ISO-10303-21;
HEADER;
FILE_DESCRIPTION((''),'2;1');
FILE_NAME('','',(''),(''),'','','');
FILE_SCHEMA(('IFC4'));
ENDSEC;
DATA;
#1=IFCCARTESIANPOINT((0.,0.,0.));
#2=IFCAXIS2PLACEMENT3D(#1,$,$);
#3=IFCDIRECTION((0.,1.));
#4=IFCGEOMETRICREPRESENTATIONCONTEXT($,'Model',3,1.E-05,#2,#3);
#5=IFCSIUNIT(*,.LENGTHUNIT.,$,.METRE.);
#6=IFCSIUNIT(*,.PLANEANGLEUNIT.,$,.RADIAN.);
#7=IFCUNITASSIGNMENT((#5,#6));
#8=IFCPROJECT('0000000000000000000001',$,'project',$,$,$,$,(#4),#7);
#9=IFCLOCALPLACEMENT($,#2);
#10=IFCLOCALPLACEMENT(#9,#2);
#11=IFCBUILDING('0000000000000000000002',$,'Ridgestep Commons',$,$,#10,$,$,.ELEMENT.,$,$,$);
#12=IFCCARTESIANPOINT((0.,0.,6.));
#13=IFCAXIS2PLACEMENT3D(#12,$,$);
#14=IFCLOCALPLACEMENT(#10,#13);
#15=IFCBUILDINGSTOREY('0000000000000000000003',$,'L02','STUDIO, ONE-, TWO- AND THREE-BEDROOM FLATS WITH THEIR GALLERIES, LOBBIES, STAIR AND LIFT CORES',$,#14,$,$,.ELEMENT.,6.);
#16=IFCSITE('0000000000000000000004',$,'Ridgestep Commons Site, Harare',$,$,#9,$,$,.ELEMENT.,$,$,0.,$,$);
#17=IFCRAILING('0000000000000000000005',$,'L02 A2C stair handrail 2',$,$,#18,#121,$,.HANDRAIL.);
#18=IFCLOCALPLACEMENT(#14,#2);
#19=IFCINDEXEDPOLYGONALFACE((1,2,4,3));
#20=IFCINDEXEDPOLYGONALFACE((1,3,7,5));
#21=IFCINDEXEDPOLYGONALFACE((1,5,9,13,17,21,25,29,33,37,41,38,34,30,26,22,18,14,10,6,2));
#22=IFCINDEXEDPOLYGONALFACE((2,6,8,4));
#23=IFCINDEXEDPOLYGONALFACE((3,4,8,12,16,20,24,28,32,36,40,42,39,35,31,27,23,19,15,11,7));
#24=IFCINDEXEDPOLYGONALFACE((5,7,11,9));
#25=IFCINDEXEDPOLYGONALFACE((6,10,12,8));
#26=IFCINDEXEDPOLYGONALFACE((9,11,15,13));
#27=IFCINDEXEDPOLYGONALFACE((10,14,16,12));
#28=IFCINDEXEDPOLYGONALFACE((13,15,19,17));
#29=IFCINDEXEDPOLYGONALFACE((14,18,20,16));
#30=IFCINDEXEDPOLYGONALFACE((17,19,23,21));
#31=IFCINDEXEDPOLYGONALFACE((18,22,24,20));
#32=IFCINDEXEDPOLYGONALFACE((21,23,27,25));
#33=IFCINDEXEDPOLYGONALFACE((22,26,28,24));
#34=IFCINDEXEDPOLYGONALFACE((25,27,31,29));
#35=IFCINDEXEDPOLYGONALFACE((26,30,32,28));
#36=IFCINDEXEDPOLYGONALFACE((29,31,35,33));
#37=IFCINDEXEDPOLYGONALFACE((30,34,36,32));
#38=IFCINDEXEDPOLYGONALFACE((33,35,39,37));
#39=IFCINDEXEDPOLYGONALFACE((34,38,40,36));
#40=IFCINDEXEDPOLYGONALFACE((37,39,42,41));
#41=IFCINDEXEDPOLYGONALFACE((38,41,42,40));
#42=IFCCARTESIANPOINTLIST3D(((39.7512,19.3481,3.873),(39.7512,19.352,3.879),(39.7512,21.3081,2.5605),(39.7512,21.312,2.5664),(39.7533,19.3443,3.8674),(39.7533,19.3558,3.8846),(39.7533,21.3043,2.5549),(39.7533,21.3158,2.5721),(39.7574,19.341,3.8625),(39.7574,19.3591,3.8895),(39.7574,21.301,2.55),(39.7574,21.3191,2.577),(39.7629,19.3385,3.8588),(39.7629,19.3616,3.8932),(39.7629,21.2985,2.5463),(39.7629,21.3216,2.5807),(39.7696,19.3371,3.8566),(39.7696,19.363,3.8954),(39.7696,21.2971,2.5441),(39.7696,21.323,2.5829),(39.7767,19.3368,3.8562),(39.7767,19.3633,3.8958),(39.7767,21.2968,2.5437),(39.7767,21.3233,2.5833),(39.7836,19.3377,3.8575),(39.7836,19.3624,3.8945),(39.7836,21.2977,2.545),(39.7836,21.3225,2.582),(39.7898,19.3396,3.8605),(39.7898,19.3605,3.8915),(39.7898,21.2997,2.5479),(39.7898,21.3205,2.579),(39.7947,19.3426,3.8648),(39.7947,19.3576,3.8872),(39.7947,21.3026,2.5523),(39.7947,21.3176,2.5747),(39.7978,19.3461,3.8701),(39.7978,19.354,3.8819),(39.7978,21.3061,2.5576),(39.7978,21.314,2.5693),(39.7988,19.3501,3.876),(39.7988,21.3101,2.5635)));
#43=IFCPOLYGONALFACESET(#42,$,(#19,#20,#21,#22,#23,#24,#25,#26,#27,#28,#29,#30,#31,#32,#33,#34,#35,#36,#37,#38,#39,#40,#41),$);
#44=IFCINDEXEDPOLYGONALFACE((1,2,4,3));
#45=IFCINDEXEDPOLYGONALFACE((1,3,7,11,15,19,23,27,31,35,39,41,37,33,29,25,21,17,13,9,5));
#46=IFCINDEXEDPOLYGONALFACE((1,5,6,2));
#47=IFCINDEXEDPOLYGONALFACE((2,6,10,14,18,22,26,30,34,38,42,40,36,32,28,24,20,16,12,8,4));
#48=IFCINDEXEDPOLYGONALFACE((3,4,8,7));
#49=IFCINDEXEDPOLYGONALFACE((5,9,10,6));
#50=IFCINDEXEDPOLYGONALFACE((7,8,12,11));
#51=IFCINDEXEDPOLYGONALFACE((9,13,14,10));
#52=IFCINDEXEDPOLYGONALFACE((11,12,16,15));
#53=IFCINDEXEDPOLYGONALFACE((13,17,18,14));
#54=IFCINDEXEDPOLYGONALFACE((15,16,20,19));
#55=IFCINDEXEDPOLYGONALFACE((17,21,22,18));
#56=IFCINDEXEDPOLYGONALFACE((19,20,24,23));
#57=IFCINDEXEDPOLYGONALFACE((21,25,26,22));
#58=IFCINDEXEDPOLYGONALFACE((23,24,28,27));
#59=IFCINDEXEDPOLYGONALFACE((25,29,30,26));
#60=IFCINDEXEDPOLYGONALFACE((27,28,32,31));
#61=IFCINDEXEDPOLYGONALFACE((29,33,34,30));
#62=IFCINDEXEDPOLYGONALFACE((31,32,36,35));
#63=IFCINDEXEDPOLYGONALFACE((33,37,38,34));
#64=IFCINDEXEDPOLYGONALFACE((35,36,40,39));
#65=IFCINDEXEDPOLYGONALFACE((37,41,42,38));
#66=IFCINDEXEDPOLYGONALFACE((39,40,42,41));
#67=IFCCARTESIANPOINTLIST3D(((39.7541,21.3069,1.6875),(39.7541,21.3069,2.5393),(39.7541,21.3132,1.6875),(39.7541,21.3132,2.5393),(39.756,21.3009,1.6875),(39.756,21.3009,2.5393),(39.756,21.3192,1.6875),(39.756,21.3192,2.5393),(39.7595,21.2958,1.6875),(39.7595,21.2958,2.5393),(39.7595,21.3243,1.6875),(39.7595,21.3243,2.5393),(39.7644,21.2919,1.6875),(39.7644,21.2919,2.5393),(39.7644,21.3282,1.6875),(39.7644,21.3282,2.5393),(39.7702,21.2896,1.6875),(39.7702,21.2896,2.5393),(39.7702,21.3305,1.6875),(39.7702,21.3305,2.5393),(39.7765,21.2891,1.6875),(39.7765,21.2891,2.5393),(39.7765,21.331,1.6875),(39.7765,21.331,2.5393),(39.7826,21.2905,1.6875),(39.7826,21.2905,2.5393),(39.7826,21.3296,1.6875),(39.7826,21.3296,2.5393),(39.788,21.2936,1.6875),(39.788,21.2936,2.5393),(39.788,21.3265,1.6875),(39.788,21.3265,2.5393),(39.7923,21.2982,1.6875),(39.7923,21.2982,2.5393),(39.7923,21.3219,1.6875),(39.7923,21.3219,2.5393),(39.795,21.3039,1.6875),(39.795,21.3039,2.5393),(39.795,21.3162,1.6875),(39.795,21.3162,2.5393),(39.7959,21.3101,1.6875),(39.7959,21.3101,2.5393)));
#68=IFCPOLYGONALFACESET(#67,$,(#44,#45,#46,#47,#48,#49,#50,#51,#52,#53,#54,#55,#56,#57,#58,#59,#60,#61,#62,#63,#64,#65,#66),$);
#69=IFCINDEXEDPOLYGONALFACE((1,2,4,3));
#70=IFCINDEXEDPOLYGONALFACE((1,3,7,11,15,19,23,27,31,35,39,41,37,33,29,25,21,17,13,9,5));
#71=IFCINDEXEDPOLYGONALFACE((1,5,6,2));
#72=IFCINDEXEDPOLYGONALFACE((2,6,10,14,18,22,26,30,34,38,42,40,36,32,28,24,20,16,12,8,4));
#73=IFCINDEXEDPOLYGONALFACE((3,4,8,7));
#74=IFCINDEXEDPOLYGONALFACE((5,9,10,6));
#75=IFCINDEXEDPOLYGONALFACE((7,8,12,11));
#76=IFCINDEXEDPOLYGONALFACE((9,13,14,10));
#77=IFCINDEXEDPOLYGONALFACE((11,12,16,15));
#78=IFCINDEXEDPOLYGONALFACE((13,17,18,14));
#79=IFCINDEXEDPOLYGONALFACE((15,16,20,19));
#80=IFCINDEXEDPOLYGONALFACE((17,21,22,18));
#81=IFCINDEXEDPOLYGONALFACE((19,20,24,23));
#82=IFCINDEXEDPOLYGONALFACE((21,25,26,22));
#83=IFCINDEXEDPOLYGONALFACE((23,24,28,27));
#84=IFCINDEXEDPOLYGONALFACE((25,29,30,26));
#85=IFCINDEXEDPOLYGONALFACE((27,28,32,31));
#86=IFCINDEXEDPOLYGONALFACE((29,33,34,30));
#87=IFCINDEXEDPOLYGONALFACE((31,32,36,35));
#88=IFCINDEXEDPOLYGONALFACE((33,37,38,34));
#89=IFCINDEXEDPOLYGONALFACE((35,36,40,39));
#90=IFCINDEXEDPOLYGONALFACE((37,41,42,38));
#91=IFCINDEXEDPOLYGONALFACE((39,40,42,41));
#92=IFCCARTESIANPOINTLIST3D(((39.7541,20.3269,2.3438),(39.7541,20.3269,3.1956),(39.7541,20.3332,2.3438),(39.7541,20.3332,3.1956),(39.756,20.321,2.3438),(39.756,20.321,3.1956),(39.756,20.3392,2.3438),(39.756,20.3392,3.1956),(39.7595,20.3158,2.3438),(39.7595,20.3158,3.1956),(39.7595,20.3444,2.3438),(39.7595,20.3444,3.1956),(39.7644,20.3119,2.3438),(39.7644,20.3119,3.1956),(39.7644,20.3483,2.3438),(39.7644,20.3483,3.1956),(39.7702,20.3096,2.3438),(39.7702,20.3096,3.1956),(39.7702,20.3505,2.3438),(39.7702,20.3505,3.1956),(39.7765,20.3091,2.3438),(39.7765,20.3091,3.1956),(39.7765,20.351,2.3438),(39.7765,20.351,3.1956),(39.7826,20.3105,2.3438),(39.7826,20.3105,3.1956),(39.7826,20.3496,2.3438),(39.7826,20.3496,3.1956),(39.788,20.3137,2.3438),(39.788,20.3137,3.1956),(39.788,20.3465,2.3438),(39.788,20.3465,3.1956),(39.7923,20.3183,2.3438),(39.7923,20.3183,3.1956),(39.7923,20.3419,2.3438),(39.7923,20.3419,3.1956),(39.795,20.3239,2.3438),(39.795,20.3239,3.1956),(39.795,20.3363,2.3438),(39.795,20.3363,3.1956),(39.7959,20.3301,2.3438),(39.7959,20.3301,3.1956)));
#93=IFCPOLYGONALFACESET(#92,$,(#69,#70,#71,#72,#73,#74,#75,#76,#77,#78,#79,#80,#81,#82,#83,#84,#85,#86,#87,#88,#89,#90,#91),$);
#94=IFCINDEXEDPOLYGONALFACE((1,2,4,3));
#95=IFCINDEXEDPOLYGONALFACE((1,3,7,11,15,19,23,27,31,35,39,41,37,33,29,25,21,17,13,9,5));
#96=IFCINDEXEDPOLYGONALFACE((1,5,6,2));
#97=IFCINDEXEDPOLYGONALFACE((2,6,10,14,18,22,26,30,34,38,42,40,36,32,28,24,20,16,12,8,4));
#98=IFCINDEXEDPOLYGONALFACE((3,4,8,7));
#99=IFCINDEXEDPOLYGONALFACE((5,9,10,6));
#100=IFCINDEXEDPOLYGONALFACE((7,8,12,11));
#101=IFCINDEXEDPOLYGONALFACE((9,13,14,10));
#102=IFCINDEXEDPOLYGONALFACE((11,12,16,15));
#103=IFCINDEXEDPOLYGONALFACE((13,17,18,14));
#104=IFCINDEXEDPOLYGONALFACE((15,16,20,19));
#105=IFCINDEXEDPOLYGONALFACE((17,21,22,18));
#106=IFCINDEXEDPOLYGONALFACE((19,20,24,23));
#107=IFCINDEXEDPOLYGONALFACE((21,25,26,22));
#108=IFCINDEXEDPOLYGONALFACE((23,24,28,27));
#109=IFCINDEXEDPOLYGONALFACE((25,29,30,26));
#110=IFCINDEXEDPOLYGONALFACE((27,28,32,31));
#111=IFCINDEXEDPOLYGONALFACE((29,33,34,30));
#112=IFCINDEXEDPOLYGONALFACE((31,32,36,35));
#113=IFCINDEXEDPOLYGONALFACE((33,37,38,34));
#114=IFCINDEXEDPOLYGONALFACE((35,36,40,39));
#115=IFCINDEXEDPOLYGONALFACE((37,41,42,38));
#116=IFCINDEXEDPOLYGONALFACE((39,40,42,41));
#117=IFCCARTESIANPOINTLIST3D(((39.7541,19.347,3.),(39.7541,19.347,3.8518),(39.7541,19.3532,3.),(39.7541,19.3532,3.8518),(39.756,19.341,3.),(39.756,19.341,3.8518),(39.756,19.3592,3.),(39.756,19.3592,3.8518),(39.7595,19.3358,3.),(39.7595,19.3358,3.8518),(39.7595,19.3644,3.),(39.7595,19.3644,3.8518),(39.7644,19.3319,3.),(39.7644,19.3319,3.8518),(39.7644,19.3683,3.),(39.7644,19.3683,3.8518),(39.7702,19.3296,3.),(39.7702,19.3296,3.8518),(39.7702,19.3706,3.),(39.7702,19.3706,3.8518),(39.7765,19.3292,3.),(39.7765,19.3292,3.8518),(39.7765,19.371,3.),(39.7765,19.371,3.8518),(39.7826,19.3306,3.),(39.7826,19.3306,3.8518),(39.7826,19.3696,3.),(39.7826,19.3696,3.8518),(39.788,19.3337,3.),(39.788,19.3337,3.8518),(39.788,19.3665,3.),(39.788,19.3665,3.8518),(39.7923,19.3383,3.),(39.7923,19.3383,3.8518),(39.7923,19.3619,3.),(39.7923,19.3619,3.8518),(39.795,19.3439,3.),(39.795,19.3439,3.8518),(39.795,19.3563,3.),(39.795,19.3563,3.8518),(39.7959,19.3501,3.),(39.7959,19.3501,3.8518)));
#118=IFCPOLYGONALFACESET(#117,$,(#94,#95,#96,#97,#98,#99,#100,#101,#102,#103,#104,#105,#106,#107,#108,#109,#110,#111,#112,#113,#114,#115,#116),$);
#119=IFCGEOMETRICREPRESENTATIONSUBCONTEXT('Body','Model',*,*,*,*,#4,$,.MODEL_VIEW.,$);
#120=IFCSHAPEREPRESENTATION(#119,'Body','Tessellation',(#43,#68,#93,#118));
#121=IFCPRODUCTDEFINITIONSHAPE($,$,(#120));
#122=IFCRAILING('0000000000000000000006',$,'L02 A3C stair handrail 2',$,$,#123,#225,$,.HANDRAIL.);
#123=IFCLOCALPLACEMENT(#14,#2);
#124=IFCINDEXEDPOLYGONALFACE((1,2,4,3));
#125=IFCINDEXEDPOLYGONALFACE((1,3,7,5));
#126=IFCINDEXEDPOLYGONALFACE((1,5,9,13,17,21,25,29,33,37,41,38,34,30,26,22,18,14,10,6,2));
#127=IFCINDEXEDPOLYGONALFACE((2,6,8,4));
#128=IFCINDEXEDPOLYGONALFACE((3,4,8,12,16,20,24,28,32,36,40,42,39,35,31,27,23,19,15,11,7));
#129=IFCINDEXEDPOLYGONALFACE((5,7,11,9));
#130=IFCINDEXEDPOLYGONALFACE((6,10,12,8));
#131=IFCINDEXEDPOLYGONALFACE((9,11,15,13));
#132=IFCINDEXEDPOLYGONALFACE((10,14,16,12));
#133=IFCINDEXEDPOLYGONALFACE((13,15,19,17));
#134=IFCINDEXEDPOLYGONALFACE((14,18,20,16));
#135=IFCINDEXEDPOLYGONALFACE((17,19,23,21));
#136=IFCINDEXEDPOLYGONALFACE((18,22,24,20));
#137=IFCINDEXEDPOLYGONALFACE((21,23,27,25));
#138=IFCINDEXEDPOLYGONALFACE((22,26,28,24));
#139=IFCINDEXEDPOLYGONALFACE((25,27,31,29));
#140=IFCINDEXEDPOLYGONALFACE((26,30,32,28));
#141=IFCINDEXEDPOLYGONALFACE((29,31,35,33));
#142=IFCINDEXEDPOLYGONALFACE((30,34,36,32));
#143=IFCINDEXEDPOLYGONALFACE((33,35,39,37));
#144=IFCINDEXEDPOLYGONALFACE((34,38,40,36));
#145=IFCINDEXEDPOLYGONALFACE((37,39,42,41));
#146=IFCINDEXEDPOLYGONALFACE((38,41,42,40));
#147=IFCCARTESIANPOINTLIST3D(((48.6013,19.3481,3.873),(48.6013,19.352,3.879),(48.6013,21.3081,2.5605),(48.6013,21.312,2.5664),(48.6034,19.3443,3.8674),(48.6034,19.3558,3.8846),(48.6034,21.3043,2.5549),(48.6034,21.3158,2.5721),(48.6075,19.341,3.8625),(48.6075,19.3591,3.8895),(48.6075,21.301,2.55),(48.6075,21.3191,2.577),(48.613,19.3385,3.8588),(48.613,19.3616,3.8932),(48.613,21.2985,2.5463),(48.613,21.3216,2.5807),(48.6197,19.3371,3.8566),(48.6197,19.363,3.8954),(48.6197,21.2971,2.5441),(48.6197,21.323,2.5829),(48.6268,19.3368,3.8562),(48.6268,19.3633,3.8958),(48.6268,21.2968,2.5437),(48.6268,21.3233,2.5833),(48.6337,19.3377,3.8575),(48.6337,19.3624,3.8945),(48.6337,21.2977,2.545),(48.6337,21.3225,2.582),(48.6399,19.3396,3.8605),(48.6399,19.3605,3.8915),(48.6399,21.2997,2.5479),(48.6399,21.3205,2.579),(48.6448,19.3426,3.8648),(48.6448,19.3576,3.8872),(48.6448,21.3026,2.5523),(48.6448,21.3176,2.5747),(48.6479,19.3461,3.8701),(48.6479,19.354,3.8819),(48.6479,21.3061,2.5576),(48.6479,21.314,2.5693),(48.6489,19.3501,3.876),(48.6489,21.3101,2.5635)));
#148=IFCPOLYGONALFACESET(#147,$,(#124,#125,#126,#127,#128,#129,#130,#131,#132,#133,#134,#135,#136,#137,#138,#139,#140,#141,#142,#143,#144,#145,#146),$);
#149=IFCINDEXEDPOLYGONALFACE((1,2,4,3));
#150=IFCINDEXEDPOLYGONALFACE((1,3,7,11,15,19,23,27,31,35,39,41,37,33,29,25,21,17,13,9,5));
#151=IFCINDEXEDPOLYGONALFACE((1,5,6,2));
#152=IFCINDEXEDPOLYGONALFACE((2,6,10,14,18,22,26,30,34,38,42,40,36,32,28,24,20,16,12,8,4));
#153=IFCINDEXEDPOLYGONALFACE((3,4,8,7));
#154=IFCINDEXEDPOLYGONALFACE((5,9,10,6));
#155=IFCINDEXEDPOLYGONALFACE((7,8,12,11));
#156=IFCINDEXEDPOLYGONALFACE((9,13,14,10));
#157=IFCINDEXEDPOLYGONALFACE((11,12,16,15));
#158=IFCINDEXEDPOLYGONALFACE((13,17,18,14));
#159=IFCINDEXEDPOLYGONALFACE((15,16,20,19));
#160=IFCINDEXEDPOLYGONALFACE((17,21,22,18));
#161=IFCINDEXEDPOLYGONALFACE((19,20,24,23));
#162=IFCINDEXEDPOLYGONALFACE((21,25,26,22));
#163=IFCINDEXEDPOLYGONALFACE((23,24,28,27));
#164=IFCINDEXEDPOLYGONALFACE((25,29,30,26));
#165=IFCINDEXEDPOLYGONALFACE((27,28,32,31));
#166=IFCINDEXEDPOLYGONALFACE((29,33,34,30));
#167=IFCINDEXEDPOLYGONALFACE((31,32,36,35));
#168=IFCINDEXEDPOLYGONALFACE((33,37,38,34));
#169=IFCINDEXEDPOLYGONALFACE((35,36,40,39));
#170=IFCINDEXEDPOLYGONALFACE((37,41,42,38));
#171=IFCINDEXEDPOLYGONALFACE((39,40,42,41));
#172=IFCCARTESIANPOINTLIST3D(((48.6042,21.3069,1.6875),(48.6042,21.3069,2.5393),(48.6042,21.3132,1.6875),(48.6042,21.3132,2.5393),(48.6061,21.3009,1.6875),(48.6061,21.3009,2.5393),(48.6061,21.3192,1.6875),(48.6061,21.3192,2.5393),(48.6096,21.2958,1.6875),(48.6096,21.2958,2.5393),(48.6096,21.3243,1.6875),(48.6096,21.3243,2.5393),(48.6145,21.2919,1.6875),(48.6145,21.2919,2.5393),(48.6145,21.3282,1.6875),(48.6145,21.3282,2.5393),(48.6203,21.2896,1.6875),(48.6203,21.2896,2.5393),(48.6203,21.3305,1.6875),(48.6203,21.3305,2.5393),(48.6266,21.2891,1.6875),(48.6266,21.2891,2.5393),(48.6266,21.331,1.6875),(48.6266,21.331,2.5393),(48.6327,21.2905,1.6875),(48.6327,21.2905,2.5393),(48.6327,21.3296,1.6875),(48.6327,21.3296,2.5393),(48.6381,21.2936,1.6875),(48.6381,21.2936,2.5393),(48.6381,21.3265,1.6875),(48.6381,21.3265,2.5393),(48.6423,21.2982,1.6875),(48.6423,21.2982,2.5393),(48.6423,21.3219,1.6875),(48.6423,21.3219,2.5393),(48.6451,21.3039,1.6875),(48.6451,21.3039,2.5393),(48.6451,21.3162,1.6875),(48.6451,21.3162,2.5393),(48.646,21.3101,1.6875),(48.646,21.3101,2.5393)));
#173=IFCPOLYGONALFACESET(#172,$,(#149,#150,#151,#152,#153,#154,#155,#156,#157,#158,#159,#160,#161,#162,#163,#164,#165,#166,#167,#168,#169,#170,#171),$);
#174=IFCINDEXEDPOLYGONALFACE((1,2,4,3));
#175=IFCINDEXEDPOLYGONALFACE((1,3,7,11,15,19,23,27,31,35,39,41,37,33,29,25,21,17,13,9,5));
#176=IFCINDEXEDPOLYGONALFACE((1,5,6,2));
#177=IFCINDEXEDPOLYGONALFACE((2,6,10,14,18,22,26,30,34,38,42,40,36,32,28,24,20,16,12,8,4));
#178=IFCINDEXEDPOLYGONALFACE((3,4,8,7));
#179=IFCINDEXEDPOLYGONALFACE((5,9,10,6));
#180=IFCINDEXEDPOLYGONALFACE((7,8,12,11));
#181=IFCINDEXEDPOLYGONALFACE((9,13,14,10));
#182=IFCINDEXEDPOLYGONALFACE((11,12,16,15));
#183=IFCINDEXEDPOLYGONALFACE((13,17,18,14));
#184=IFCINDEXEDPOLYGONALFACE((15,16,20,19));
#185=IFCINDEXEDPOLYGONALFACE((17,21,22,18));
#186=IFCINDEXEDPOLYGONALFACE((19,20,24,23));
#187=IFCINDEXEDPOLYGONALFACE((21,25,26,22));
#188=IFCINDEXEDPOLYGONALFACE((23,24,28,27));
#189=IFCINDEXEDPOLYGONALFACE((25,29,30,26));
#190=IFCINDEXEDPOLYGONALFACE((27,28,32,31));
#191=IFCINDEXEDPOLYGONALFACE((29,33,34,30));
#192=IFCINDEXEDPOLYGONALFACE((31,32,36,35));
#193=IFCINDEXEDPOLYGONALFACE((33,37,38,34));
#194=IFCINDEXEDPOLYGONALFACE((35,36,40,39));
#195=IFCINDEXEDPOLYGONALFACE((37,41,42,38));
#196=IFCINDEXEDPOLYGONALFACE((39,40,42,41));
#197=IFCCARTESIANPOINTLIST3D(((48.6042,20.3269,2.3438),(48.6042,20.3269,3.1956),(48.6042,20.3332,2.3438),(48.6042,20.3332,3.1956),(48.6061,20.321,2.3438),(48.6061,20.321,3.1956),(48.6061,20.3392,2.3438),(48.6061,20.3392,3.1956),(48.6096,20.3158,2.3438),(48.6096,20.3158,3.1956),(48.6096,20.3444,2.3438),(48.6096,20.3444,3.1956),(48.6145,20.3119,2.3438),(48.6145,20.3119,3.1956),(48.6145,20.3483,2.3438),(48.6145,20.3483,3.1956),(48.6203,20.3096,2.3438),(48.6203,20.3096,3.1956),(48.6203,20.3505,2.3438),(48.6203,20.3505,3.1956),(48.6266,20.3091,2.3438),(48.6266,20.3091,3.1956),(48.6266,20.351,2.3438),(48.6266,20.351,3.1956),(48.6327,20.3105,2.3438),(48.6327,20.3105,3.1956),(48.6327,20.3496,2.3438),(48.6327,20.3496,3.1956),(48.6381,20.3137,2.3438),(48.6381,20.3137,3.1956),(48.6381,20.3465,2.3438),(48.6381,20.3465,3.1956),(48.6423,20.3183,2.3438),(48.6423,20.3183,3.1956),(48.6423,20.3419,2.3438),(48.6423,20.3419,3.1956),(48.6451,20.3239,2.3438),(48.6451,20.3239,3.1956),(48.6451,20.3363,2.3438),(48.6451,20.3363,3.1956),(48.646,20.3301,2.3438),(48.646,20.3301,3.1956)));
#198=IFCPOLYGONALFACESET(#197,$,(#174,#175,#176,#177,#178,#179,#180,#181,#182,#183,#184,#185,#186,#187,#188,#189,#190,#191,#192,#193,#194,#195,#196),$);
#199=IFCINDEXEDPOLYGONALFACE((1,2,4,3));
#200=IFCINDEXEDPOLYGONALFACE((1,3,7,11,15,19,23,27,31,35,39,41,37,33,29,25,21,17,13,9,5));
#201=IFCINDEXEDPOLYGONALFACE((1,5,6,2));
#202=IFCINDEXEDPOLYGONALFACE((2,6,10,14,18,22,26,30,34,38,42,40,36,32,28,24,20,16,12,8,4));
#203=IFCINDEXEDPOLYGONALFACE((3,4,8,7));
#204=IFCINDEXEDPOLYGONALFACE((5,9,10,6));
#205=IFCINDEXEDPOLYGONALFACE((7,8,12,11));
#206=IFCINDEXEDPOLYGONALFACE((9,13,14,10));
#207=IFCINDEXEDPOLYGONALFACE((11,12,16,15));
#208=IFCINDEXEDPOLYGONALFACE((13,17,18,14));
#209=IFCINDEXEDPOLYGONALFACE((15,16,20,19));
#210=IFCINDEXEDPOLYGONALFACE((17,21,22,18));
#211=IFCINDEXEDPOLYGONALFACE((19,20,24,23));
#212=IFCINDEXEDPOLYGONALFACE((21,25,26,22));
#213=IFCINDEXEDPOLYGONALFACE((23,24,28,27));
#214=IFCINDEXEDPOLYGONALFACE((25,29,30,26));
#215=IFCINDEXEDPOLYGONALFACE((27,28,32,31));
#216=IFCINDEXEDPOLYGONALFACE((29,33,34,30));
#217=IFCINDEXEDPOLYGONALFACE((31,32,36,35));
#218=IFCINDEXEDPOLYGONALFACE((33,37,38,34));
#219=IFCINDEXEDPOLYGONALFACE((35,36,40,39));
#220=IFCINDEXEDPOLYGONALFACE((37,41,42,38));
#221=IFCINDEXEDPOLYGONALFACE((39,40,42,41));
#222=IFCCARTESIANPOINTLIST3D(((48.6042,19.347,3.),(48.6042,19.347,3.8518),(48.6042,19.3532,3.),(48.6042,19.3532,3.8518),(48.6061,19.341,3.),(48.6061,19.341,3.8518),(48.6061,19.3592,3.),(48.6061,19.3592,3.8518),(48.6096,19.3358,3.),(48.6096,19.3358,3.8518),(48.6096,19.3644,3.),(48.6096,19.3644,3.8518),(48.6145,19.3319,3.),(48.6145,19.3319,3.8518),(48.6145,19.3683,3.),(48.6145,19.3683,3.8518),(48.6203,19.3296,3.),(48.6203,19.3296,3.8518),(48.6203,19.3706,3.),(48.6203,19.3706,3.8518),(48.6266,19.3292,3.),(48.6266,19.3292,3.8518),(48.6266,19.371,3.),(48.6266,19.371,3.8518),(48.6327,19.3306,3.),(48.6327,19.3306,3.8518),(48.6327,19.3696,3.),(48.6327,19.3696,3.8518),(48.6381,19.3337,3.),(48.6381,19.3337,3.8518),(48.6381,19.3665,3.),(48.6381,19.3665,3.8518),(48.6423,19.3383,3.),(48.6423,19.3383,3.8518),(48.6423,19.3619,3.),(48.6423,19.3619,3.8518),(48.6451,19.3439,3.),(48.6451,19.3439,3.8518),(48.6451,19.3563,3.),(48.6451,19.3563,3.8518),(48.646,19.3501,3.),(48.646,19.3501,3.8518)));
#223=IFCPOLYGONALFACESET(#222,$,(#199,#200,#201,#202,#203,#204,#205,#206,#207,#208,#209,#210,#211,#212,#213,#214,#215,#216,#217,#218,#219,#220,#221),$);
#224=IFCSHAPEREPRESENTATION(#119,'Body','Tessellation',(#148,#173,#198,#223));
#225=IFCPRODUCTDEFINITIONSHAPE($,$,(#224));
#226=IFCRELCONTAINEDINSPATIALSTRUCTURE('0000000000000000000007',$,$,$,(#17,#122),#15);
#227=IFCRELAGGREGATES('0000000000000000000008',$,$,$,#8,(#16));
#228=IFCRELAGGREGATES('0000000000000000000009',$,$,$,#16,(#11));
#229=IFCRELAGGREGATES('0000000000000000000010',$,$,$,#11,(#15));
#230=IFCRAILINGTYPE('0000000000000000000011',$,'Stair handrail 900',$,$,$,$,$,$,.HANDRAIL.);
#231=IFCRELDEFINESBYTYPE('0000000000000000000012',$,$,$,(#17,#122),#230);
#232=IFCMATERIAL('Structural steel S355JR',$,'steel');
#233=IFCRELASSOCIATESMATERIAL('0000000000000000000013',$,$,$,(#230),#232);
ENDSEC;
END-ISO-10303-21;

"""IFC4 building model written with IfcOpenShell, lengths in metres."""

from ifc_helpers import new_model, si_unit, direction, frame, origin, origin_2d, place, context, subcontext, project, spatial, circle, extrude, material, type_object, element, save


model = new_model("IFC4")

# Units and contexts
model_context = context("Model", 3, precision=1e-05, world=origin(), true_north=direction((0.0, 1.0)))
body_context = subcontext(model_context, "Body", "Model", "MODEL_VIEW")
ifc_project = project(units=[si_unit("LENGTHUNIT", "METRE"), si_unit("PLANEANGLEUNIT", "RADIAN")], contexts=[model_context])

# Site, building, storey
site_placement = place(None, origin())
site = spatial("IfcSite", under=ifc_project, at=site_placement, Name="Ridgestep Commons Site, Harare", CompositionType="ELEMENT", RefElevation=0.0)
building_placement = place(site_placement, origin())
building = spatial("IfcBuilding", under=site, at=building_placement, Name="Ridgestep Commons", CompositionType="ELEMENT")
storey_placement = place(building_placement, frame((0.0, 0.0, 6.0)))
storey = spatial("IfcBuildingStorey", under=building, at=storey_placement, Name="L02", Description="STUDIO, ONE-, TWO- AND THREE-BEDROOM FLATS WITH THEIR GALLERIES, LOBBIES, STAIR AND LIFT CORES", CompositionType="ELEMENT", Elevation=6.0)

# Railings
ifc_material_1 = material(Name="Structural steel S355JR", Category="steel")
railing_type_1 = type_object("IfcRailingType", Name="Stair handrail 900", PredefinedType="HANDRAIL", material=ifc_material_1)
for number, where, name in (
    (1, (39.7749, 21.3101, 1.6875), "L02 A2C stair handrail 2"),
    (2, (48.625, 21.3101, 1.6875), "L02 A3C stair handrail 2"),
):
    element("IfcRailing", number, at=place(storey_placement, frame(where)), inside=storey, type_object=railing_type_1, Name=name, PredefinedType="HANDRAIL", context=body_context, shape_type="SweptSolid", body=[
        extrude(circle(Radius=0.0239, at=origin_2d()), frame((0.0, 0.0, 0.876), z_axis=(0.0, -0.830902, 0.556419), x_axis=(1.0, 0.0, 0.0)), (0.0, 0.0, 1.0), 2.3589),
        extrude(circle(Radius=0.021, at=origin_2d()), origin(), (0.0, 0.0, 1.0), 0.8518),
        extrude(circle(Radius=0.021, at=origin_2d()), frame((0.0, -0.98, 0.6562)), (0.0, 0.0, 1.0), 0.8518),
        extrude(circle(Radius=0.021, at=origin_2d()), frame((0.0, -1.96, 1.3125)), (0.0, 0.0, 1.0), 0.8518),
    ])

save(model, "model.ifc")
